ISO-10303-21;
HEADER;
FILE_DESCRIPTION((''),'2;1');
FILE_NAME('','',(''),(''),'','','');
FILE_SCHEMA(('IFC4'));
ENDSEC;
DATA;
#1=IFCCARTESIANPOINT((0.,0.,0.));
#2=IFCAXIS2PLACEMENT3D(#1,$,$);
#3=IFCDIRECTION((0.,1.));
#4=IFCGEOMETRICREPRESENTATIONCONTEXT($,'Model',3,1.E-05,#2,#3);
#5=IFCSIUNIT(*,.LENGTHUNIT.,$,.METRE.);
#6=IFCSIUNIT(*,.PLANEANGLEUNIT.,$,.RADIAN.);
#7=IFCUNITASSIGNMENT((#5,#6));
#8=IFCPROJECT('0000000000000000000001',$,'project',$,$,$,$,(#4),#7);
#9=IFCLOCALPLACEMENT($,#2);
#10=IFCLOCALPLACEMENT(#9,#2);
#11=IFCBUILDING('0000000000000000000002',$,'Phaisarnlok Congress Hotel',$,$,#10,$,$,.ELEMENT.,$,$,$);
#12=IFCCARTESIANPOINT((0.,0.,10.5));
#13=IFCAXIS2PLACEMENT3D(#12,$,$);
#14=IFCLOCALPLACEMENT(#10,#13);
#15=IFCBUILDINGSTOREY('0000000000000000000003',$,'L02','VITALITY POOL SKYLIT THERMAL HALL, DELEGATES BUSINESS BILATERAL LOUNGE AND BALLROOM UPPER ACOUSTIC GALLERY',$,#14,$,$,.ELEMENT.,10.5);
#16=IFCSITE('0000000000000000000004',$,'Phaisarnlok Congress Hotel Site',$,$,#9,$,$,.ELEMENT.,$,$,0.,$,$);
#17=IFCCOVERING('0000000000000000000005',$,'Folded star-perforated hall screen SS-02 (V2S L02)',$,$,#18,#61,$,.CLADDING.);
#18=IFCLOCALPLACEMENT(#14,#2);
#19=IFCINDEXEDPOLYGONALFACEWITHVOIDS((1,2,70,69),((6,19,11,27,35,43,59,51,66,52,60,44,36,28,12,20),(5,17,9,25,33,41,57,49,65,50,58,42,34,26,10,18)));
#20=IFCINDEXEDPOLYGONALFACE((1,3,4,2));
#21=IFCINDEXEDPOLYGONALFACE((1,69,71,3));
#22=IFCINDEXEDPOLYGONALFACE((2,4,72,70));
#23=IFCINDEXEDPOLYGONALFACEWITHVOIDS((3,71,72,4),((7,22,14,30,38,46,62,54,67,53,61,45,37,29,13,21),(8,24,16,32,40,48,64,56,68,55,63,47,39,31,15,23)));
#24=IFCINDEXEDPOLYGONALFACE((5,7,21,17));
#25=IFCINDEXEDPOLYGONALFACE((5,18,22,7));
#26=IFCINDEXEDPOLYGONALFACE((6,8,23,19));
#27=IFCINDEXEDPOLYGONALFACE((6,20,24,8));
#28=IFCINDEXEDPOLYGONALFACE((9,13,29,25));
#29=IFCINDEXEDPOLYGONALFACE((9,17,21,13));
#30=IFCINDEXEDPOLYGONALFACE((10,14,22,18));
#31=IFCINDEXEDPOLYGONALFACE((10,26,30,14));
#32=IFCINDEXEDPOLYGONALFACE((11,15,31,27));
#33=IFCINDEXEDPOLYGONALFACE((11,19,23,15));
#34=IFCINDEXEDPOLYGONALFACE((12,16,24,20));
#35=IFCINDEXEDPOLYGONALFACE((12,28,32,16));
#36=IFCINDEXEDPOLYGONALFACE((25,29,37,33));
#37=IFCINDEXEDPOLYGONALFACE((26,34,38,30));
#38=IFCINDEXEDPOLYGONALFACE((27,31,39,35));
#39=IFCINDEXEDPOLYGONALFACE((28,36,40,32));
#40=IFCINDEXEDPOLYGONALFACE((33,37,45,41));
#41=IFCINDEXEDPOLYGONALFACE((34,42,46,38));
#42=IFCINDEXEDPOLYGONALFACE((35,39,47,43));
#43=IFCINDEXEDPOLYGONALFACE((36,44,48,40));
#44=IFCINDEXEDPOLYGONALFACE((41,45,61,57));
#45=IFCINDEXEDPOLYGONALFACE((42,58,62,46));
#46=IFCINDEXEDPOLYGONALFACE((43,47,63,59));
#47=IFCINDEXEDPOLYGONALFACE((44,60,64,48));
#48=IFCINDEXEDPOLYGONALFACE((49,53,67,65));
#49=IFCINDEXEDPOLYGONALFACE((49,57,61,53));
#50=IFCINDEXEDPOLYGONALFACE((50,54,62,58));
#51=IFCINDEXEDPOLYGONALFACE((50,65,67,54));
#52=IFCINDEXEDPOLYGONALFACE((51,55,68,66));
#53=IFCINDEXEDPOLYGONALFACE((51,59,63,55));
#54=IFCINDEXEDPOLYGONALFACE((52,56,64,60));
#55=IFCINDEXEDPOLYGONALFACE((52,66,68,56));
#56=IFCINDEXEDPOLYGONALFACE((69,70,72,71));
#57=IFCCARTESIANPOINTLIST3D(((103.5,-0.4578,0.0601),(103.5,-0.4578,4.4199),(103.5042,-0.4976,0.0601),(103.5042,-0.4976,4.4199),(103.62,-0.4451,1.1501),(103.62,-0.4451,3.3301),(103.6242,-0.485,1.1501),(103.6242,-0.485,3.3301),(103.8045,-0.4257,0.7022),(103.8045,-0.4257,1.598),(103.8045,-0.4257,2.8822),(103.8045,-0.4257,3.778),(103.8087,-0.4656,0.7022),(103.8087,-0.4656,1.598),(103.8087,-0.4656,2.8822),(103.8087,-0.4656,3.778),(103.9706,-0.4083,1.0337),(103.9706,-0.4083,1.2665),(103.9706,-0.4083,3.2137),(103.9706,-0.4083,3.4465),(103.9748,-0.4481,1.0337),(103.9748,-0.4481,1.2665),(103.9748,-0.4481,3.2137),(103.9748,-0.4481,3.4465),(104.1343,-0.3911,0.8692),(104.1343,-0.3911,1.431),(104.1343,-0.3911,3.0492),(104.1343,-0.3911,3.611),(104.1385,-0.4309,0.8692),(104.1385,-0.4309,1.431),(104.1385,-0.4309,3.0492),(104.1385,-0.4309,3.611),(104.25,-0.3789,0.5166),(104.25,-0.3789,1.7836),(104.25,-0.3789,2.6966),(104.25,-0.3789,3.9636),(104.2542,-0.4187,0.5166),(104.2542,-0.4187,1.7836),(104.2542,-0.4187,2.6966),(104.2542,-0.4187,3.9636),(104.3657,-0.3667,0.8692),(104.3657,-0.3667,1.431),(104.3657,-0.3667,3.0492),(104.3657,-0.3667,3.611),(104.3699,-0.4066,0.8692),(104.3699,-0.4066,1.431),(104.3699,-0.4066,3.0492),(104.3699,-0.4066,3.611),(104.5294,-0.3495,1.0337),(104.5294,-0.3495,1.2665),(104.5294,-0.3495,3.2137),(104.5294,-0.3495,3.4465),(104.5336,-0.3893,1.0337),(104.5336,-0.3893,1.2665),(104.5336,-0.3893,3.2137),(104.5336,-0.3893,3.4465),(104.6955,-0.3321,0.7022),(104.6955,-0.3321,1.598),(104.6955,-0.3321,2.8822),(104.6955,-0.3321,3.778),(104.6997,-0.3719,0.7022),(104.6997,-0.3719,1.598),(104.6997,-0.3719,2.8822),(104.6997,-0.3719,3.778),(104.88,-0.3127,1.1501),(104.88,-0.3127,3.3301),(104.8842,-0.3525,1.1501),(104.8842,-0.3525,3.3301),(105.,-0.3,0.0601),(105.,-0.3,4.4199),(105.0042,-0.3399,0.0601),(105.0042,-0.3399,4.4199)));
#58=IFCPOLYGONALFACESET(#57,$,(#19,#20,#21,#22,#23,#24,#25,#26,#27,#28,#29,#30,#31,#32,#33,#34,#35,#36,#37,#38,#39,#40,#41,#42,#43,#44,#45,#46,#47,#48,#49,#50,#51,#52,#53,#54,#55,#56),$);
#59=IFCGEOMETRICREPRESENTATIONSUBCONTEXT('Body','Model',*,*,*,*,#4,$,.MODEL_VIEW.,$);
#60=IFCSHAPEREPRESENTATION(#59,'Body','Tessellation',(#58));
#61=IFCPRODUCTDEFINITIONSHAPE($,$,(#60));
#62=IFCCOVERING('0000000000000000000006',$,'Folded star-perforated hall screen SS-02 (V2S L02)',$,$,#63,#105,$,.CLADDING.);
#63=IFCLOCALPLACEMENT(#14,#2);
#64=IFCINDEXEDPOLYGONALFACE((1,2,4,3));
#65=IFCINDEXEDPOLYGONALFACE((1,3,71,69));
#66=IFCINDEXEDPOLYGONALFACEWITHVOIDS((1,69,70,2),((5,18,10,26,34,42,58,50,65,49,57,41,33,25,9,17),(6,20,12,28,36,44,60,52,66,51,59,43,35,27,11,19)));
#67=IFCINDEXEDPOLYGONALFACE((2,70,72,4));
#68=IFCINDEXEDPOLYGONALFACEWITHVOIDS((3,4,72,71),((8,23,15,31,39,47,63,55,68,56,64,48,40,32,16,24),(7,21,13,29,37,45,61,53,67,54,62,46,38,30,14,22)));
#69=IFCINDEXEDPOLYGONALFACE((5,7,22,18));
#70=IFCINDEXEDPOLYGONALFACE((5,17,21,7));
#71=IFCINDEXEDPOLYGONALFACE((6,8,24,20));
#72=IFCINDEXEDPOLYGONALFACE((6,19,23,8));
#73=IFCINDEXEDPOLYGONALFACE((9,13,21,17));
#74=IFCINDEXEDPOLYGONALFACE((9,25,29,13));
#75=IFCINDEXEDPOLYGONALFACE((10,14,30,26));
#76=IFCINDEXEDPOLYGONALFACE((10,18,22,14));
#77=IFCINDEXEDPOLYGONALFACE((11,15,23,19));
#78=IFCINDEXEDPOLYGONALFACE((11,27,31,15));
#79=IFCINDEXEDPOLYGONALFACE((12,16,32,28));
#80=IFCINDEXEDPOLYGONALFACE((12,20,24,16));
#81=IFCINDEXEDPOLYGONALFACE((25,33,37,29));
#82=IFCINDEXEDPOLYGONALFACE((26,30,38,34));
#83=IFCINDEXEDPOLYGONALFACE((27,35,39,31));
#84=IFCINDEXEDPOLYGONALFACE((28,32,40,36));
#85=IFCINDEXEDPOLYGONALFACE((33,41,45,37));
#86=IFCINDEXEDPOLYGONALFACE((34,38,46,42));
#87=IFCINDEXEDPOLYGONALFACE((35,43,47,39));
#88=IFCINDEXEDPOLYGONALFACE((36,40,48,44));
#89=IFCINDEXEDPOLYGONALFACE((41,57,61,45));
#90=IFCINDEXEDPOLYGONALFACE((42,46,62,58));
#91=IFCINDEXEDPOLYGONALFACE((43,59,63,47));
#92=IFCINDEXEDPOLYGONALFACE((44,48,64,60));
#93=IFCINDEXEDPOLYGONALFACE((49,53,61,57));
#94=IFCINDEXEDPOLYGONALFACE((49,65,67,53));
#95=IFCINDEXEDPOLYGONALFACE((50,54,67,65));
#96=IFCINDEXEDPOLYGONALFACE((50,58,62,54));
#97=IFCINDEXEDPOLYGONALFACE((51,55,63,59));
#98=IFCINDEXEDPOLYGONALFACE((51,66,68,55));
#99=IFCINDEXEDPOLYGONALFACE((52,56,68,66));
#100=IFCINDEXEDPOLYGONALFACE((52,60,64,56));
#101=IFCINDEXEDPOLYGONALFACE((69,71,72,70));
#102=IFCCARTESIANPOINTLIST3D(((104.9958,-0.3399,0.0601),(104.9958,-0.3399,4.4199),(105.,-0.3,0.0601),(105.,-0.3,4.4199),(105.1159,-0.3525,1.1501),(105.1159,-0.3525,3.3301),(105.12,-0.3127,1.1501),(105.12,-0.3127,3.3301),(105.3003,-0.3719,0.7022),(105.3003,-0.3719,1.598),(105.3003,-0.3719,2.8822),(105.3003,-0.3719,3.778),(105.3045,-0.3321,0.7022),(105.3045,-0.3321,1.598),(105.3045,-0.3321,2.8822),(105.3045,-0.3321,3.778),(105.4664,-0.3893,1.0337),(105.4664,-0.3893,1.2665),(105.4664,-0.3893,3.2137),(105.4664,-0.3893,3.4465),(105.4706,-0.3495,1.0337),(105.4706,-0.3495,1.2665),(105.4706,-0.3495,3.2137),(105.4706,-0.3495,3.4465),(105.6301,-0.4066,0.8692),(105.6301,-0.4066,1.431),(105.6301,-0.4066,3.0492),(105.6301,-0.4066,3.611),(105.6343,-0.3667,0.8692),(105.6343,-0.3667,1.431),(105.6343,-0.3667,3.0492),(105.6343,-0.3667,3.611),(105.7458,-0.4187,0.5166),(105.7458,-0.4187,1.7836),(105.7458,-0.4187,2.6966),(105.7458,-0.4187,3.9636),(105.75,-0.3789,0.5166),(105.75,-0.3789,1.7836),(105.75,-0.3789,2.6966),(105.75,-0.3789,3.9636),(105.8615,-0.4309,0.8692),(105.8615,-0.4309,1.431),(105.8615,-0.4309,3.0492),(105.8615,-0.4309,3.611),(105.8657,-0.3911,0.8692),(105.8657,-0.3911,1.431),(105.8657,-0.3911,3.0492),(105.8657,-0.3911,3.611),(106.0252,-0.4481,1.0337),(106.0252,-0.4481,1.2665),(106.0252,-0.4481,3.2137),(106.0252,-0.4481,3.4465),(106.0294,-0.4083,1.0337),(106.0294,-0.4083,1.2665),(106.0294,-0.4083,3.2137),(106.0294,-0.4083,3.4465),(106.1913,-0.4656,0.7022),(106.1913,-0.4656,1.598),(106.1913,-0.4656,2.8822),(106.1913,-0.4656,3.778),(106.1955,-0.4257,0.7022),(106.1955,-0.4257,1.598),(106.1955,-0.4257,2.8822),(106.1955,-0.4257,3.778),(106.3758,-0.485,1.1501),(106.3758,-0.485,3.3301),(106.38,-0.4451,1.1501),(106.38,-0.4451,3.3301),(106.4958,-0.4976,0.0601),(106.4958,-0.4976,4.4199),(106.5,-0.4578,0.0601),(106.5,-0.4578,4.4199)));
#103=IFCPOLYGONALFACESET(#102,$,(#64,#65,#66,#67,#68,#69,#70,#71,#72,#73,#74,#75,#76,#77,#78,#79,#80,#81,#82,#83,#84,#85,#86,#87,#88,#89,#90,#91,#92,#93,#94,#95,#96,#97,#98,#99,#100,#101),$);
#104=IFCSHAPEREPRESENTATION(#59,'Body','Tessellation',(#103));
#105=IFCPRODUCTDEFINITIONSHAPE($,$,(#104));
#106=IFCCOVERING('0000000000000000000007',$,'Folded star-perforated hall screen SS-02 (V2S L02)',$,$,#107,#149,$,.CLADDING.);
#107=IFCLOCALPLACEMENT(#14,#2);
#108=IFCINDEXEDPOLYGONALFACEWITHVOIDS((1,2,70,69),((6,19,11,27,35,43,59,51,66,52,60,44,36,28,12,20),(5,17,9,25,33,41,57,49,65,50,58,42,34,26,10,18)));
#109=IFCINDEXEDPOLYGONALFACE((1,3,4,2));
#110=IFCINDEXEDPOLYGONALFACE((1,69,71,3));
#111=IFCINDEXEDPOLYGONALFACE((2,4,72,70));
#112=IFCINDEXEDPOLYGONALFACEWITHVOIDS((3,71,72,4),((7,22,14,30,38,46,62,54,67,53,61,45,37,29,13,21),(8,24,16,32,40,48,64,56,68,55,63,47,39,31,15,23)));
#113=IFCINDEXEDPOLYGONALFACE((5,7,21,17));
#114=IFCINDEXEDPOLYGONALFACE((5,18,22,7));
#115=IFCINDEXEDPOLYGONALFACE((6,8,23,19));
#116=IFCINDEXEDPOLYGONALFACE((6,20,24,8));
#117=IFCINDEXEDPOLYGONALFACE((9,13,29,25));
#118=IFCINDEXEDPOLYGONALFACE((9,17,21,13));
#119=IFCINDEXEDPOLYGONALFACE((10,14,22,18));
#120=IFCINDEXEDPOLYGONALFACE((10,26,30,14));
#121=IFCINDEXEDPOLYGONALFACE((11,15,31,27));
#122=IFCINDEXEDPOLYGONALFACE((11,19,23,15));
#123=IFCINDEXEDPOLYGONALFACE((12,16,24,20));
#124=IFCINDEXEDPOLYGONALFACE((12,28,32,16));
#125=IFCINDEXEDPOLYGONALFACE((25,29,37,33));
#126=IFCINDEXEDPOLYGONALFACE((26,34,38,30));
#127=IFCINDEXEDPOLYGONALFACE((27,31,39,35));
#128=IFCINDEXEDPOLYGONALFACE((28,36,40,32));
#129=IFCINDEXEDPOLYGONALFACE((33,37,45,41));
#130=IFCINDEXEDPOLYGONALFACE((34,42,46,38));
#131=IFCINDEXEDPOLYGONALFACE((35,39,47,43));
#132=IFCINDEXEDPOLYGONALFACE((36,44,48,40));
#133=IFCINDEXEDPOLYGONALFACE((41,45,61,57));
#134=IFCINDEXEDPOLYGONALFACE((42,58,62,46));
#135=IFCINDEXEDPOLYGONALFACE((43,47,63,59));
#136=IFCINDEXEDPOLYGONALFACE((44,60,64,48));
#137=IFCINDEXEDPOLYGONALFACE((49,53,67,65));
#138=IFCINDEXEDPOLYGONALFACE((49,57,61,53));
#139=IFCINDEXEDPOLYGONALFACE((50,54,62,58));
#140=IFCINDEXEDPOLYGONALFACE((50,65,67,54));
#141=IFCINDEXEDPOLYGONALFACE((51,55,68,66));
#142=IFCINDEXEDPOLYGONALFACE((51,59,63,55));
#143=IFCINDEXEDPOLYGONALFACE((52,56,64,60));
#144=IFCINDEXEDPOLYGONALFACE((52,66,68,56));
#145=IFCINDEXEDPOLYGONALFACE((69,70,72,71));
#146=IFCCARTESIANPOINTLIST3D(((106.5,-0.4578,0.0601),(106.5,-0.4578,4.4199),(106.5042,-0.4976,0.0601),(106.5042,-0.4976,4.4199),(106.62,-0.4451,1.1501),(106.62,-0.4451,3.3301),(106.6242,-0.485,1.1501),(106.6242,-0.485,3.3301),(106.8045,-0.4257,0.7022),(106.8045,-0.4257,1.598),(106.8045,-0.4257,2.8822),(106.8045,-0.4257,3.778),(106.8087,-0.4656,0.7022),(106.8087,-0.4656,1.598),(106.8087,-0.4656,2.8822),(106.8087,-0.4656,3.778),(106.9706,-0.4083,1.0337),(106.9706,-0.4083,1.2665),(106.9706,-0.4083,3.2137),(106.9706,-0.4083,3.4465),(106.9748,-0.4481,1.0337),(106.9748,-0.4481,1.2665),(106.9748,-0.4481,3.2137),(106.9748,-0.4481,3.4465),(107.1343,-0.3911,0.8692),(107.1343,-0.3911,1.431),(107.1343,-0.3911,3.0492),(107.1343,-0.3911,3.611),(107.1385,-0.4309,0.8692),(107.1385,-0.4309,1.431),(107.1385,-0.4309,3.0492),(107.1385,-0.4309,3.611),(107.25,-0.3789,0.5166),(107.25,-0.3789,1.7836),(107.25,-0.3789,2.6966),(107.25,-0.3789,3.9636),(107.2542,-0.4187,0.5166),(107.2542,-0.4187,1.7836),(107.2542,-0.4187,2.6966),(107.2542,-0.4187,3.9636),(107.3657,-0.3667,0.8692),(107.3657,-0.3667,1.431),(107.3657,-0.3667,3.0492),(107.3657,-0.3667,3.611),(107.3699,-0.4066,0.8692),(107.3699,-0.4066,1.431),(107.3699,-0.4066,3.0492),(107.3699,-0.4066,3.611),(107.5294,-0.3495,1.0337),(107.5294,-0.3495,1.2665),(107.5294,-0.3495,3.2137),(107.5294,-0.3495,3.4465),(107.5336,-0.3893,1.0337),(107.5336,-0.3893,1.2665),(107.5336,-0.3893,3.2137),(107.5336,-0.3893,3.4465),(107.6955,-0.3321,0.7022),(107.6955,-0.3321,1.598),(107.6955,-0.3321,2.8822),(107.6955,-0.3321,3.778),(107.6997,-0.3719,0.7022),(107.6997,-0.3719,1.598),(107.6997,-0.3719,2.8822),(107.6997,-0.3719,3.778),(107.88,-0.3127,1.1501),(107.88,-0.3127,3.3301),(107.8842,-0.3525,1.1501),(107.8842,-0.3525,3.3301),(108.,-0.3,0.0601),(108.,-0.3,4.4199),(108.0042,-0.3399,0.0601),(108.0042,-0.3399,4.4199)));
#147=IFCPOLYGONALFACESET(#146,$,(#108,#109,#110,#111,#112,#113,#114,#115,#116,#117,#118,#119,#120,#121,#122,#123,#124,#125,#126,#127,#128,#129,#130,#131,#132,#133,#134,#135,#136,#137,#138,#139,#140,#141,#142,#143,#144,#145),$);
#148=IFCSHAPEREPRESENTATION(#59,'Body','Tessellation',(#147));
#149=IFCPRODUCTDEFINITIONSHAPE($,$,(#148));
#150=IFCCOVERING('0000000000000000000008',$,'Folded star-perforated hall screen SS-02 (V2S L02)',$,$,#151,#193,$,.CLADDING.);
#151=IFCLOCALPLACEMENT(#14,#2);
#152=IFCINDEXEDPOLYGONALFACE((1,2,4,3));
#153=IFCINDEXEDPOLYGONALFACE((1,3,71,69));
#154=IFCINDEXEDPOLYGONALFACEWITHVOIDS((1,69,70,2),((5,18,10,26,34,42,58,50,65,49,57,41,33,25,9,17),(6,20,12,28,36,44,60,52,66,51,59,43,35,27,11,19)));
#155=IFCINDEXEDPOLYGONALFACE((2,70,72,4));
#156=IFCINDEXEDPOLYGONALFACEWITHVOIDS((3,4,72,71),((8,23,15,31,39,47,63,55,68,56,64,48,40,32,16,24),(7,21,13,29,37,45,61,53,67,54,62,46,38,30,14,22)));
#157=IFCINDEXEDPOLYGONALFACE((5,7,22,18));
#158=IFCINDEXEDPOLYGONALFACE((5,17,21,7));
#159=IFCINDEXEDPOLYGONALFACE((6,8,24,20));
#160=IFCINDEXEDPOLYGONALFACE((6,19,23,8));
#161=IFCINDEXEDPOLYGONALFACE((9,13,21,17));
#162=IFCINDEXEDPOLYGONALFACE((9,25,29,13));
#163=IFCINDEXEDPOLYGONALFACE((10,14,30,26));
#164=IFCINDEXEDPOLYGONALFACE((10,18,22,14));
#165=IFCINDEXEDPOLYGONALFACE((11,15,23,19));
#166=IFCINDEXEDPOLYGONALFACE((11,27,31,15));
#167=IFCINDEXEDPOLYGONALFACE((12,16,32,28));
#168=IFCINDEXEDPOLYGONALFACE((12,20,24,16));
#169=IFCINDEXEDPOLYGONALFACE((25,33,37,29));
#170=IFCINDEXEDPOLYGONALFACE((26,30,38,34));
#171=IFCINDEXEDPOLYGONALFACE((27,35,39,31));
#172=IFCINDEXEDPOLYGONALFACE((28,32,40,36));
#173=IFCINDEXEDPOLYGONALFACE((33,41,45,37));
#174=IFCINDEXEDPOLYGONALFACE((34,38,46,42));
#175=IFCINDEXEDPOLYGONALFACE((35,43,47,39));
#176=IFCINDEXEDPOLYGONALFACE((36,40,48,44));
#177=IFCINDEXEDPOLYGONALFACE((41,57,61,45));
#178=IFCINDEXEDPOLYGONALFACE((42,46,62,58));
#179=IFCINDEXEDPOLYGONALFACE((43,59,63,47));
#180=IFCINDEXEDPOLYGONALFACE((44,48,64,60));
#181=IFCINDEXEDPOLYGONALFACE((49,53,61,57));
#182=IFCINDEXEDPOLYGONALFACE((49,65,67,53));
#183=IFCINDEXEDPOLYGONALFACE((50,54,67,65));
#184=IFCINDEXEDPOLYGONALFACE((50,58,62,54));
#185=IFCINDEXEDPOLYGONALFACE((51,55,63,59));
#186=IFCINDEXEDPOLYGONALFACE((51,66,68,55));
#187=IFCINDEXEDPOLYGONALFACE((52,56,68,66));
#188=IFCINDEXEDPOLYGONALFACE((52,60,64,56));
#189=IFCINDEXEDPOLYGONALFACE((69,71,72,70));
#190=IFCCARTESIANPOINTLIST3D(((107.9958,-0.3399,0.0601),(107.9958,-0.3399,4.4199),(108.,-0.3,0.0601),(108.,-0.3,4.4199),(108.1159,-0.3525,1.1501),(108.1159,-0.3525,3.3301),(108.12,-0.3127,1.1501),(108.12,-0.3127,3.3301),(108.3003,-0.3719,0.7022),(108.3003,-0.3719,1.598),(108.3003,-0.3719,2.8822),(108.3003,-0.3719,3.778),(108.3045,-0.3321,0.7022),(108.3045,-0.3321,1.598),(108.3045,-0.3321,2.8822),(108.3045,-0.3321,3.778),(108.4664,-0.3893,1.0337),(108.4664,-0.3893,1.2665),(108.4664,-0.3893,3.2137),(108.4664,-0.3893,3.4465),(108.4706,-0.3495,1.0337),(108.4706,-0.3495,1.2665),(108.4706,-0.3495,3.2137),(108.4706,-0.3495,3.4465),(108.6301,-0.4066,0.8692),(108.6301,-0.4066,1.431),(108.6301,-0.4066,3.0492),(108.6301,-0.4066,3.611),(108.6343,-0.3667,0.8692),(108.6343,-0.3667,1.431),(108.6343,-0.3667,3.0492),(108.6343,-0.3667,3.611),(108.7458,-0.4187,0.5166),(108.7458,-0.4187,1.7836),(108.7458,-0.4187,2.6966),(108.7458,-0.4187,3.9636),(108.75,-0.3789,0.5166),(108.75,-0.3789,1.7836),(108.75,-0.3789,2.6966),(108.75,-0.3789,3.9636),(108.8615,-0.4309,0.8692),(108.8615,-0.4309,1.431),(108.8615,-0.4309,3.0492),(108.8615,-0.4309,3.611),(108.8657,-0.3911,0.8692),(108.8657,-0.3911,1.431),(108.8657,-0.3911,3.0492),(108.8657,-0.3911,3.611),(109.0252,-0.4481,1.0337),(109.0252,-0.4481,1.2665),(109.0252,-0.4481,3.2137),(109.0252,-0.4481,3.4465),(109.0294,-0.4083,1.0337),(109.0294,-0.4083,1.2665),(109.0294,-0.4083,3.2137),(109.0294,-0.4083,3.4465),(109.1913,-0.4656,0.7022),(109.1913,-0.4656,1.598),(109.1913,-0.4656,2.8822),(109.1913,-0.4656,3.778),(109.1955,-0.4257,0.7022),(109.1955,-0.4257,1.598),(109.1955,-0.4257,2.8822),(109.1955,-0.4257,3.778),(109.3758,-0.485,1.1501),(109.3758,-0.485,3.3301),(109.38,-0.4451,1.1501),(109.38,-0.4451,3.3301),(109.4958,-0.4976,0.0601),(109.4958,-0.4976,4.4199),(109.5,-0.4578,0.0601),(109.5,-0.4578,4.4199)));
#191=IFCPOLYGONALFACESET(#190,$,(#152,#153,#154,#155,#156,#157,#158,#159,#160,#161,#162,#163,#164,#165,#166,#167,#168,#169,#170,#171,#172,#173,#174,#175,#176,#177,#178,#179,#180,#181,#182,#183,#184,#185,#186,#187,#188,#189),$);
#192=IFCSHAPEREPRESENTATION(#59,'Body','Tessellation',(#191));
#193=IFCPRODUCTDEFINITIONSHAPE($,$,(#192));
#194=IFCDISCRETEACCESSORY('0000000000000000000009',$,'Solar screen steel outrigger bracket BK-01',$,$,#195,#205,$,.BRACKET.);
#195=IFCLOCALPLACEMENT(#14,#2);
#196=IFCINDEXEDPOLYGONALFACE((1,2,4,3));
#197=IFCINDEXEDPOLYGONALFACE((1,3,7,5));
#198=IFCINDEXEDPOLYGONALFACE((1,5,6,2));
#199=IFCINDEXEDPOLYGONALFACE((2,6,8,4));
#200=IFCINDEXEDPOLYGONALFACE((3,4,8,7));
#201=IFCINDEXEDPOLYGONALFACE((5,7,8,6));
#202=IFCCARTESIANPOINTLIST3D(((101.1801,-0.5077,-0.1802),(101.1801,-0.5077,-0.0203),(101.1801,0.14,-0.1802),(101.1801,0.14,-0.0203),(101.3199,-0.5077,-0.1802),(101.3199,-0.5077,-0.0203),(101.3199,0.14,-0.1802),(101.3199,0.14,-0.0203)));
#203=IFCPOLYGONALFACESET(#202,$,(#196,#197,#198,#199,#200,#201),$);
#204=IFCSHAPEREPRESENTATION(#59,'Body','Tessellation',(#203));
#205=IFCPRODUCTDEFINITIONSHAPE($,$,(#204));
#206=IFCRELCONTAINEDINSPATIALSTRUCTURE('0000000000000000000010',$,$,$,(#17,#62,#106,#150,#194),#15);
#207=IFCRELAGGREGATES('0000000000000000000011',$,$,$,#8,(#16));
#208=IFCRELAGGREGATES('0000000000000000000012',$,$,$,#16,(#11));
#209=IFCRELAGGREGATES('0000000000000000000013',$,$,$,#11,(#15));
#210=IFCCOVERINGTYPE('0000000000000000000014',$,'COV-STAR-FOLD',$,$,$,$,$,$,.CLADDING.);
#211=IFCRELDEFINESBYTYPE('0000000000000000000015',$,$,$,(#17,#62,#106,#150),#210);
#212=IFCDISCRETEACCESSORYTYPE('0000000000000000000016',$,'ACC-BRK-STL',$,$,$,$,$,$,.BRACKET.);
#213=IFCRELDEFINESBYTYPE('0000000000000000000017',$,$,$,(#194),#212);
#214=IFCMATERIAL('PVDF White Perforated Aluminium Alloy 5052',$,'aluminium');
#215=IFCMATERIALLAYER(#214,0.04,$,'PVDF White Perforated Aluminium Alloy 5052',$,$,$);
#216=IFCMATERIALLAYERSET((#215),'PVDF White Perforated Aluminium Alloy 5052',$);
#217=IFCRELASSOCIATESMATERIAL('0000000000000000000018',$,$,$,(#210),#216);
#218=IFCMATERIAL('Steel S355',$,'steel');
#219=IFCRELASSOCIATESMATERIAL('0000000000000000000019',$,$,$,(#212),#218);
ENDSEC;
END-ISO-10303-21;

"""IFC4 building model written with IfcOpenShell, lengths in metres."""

from ifc_helpers import new_model, si_unit, direction, frame, origin, origin_2d, place, context, subcontext, project, spatial, polyline, rectangle, outline, extrude, material, layer, layer_set, type_object, element, save


model = new_model("IFC4")

# Units and contexts
model_context = context("Model", 3, precision=1e-05, world=origin(), true_north=direction((0.0, 1.0)))
body_context = subcontext(model_context, "Body", "Model", "MODEL_VIEW")
ifc_project = project(units=[si_unit("LENGTHUNIT", "METRE"), si_unit("PLANEANGLEUNIT", "RADIAN")], contexts=[model_context])

# Site, building, storey
site_placement = place(None, origin())
site = spatial("IfcSite", under=ifc_project, at=site_placement, Name="Phaisarnlok Congress Hotel Site", CompositionType="ELEMENT", RefElevation=0.0)
building_placement = place(site_placement, origin())
building = spatial("IfcBuilding", under=site, at=building_placement, Name="Phaisarnlok Congress Hotel", CompositionType="ELEMENT")
storey_placement = place(building_placement, frame((0.0, 0.0, 10.5)))
storey = spatial("IfcBuildingStorey", under=building, at=storey_placement, Name="L02", Description="VITALITY POOL SKYLIT THERMAL HALL, DELEGATES BUSINESS BILATERAL LOUNGE AND BALLROOM UPPER ACOUSTIC GALLERY", CompositionType="ELEMENT", Elevation=10.5)

# Shared definitions
ifc_material_1 = material(Name="Steel S355", Category="steel")

# Coverings
ifc_material_2 = material(Name="PVDF White Perforated Aluminium Alloy 5052", Category="aluminium")
ifc_layer_1 = layer(ifc_material_2, 0.04, Name="PVDF White Perforated Aluminium Alloy 5052")
ifc_layer_set_1 = layer_set([ifc_layer_1], Name="PVDF White Perforated Aluminium Alloy 5052")
covering_type = type_object("IfcCoveringType", Name="COV-STAR-FOLD", PredefinedType="CLADDING", material=ifc_layer_set_1)
for number, where, z_axis, x_axis, name in (
    (1, (103.5, -0.4578, 0.0601), (0.104567, -0.994518, 0.0), (0.994518, 0.104567, 0.0), "Folded star-perforated hall screen SS-02 (V2S L02)"),
    (2, (105.0, -0.3, 0.0601), (-0.104567, -0.994518, 0.0), (0.994518, -0.104567, 0.0), "Folded star-perforated hall screen SS-02 (V2S L02)"),
    (3, (106.5, -0.4578, 0.0601), (0.104567, -0.994518, 0.0), (0.994518, 0.104567, 0.0), "Folded star-perforated hall screen SS-02 (V2S L02)"),
    (4, (108.0, -0.3, 0.0601), (-0.104567, -0.994518, 0.0), (0.994518, -0.104567, 0.0), "Folded star-perforated hall screen SS-02 (V2S L02)"),
):
    element("IfcCovering", number, at=place(storey_placement, frame(where, z_axis=z_axis, x_axis=x_axis)), inside=storey, type_object=covering_type, Name=name, PredefinedType="CLADDING", context=body_context, shape_type="SweptSolid", body=[
        extrude(outline(polyline([(0.0, 0.0), (1.5083, 0.0), (1.5083, 4.3599), (0.0, 4.3599), (0.0, 0.0)]), holes=[polyline([(1.0351, 0.9736), (1.2021, 0.6421), (0.8705, 0.8091), (0.7541, 0.4565), (0.6378, 0.8091), (0.3062, 0.6421), (0.4732, 0.9736), (0.1207, 1.09), (0.4732, 1.2064), (0.3062, 1.5379), (0.6378, 1.3709), (0.7541, 1.7235), (0.8705, 1.3709), (1.2021, 1.5379), (1.0351, 1.2064), (1.3876, 1.09), (1.0351, 0.9736)]), polyline([(1.0351, 3.1536), (1.2021, 2.8221), (0.8705, 2.9891), (0.7541, 2.6365), (0.6378, 2.9891), (0.3062, 2.8221), (0.4732, 3.1536), (0.1207, 3.27), (0.4732, 3.3864), (0.3062, 3.7179), (0.6378, 3.5509), (0.7541, 3.9035), (0.8705, 3.5509), (1.2021, 3.7179), (1.0351, 3.3864), (1.3876, 3.27), (1.0351, 3.1536)])]), origin(), (0.0, 0.0, 1.0), 0.04),
    ])

# Discrete accessory
discrete_accessory_type = type_object("IfcDiscreteAccessoryType", Name="ACC-BRK-STL", PredefinedType="BRACKET", material=ifc_material_1)
for number, where, z_axis, x_axis, name in (
    (5, (101.25, -0.1838, -0.1802), (0.0, 0.0, 1.0), (1.0, 0.0, 0.0), "Solar screen steel outrigger bracket BK-01"),
):
    element("IfcDiscreteAccessory", number, at=place(storey_placement, frame(where, z_axis=z_axis, x_axis=x_axis)), inside=storey, type_object=discrete_accessory_type, Name=name, PredefinedType="BRACKET", context=body_context, shape_type="SweptSolid", body=[
        extrude(rectangle(XDim=0.1399, YDim=0.6477, at=origin_2d()), origin(), (0.0, 0.0, 1.0), 0.1599),
    ])

save(model, "model.ifc")
